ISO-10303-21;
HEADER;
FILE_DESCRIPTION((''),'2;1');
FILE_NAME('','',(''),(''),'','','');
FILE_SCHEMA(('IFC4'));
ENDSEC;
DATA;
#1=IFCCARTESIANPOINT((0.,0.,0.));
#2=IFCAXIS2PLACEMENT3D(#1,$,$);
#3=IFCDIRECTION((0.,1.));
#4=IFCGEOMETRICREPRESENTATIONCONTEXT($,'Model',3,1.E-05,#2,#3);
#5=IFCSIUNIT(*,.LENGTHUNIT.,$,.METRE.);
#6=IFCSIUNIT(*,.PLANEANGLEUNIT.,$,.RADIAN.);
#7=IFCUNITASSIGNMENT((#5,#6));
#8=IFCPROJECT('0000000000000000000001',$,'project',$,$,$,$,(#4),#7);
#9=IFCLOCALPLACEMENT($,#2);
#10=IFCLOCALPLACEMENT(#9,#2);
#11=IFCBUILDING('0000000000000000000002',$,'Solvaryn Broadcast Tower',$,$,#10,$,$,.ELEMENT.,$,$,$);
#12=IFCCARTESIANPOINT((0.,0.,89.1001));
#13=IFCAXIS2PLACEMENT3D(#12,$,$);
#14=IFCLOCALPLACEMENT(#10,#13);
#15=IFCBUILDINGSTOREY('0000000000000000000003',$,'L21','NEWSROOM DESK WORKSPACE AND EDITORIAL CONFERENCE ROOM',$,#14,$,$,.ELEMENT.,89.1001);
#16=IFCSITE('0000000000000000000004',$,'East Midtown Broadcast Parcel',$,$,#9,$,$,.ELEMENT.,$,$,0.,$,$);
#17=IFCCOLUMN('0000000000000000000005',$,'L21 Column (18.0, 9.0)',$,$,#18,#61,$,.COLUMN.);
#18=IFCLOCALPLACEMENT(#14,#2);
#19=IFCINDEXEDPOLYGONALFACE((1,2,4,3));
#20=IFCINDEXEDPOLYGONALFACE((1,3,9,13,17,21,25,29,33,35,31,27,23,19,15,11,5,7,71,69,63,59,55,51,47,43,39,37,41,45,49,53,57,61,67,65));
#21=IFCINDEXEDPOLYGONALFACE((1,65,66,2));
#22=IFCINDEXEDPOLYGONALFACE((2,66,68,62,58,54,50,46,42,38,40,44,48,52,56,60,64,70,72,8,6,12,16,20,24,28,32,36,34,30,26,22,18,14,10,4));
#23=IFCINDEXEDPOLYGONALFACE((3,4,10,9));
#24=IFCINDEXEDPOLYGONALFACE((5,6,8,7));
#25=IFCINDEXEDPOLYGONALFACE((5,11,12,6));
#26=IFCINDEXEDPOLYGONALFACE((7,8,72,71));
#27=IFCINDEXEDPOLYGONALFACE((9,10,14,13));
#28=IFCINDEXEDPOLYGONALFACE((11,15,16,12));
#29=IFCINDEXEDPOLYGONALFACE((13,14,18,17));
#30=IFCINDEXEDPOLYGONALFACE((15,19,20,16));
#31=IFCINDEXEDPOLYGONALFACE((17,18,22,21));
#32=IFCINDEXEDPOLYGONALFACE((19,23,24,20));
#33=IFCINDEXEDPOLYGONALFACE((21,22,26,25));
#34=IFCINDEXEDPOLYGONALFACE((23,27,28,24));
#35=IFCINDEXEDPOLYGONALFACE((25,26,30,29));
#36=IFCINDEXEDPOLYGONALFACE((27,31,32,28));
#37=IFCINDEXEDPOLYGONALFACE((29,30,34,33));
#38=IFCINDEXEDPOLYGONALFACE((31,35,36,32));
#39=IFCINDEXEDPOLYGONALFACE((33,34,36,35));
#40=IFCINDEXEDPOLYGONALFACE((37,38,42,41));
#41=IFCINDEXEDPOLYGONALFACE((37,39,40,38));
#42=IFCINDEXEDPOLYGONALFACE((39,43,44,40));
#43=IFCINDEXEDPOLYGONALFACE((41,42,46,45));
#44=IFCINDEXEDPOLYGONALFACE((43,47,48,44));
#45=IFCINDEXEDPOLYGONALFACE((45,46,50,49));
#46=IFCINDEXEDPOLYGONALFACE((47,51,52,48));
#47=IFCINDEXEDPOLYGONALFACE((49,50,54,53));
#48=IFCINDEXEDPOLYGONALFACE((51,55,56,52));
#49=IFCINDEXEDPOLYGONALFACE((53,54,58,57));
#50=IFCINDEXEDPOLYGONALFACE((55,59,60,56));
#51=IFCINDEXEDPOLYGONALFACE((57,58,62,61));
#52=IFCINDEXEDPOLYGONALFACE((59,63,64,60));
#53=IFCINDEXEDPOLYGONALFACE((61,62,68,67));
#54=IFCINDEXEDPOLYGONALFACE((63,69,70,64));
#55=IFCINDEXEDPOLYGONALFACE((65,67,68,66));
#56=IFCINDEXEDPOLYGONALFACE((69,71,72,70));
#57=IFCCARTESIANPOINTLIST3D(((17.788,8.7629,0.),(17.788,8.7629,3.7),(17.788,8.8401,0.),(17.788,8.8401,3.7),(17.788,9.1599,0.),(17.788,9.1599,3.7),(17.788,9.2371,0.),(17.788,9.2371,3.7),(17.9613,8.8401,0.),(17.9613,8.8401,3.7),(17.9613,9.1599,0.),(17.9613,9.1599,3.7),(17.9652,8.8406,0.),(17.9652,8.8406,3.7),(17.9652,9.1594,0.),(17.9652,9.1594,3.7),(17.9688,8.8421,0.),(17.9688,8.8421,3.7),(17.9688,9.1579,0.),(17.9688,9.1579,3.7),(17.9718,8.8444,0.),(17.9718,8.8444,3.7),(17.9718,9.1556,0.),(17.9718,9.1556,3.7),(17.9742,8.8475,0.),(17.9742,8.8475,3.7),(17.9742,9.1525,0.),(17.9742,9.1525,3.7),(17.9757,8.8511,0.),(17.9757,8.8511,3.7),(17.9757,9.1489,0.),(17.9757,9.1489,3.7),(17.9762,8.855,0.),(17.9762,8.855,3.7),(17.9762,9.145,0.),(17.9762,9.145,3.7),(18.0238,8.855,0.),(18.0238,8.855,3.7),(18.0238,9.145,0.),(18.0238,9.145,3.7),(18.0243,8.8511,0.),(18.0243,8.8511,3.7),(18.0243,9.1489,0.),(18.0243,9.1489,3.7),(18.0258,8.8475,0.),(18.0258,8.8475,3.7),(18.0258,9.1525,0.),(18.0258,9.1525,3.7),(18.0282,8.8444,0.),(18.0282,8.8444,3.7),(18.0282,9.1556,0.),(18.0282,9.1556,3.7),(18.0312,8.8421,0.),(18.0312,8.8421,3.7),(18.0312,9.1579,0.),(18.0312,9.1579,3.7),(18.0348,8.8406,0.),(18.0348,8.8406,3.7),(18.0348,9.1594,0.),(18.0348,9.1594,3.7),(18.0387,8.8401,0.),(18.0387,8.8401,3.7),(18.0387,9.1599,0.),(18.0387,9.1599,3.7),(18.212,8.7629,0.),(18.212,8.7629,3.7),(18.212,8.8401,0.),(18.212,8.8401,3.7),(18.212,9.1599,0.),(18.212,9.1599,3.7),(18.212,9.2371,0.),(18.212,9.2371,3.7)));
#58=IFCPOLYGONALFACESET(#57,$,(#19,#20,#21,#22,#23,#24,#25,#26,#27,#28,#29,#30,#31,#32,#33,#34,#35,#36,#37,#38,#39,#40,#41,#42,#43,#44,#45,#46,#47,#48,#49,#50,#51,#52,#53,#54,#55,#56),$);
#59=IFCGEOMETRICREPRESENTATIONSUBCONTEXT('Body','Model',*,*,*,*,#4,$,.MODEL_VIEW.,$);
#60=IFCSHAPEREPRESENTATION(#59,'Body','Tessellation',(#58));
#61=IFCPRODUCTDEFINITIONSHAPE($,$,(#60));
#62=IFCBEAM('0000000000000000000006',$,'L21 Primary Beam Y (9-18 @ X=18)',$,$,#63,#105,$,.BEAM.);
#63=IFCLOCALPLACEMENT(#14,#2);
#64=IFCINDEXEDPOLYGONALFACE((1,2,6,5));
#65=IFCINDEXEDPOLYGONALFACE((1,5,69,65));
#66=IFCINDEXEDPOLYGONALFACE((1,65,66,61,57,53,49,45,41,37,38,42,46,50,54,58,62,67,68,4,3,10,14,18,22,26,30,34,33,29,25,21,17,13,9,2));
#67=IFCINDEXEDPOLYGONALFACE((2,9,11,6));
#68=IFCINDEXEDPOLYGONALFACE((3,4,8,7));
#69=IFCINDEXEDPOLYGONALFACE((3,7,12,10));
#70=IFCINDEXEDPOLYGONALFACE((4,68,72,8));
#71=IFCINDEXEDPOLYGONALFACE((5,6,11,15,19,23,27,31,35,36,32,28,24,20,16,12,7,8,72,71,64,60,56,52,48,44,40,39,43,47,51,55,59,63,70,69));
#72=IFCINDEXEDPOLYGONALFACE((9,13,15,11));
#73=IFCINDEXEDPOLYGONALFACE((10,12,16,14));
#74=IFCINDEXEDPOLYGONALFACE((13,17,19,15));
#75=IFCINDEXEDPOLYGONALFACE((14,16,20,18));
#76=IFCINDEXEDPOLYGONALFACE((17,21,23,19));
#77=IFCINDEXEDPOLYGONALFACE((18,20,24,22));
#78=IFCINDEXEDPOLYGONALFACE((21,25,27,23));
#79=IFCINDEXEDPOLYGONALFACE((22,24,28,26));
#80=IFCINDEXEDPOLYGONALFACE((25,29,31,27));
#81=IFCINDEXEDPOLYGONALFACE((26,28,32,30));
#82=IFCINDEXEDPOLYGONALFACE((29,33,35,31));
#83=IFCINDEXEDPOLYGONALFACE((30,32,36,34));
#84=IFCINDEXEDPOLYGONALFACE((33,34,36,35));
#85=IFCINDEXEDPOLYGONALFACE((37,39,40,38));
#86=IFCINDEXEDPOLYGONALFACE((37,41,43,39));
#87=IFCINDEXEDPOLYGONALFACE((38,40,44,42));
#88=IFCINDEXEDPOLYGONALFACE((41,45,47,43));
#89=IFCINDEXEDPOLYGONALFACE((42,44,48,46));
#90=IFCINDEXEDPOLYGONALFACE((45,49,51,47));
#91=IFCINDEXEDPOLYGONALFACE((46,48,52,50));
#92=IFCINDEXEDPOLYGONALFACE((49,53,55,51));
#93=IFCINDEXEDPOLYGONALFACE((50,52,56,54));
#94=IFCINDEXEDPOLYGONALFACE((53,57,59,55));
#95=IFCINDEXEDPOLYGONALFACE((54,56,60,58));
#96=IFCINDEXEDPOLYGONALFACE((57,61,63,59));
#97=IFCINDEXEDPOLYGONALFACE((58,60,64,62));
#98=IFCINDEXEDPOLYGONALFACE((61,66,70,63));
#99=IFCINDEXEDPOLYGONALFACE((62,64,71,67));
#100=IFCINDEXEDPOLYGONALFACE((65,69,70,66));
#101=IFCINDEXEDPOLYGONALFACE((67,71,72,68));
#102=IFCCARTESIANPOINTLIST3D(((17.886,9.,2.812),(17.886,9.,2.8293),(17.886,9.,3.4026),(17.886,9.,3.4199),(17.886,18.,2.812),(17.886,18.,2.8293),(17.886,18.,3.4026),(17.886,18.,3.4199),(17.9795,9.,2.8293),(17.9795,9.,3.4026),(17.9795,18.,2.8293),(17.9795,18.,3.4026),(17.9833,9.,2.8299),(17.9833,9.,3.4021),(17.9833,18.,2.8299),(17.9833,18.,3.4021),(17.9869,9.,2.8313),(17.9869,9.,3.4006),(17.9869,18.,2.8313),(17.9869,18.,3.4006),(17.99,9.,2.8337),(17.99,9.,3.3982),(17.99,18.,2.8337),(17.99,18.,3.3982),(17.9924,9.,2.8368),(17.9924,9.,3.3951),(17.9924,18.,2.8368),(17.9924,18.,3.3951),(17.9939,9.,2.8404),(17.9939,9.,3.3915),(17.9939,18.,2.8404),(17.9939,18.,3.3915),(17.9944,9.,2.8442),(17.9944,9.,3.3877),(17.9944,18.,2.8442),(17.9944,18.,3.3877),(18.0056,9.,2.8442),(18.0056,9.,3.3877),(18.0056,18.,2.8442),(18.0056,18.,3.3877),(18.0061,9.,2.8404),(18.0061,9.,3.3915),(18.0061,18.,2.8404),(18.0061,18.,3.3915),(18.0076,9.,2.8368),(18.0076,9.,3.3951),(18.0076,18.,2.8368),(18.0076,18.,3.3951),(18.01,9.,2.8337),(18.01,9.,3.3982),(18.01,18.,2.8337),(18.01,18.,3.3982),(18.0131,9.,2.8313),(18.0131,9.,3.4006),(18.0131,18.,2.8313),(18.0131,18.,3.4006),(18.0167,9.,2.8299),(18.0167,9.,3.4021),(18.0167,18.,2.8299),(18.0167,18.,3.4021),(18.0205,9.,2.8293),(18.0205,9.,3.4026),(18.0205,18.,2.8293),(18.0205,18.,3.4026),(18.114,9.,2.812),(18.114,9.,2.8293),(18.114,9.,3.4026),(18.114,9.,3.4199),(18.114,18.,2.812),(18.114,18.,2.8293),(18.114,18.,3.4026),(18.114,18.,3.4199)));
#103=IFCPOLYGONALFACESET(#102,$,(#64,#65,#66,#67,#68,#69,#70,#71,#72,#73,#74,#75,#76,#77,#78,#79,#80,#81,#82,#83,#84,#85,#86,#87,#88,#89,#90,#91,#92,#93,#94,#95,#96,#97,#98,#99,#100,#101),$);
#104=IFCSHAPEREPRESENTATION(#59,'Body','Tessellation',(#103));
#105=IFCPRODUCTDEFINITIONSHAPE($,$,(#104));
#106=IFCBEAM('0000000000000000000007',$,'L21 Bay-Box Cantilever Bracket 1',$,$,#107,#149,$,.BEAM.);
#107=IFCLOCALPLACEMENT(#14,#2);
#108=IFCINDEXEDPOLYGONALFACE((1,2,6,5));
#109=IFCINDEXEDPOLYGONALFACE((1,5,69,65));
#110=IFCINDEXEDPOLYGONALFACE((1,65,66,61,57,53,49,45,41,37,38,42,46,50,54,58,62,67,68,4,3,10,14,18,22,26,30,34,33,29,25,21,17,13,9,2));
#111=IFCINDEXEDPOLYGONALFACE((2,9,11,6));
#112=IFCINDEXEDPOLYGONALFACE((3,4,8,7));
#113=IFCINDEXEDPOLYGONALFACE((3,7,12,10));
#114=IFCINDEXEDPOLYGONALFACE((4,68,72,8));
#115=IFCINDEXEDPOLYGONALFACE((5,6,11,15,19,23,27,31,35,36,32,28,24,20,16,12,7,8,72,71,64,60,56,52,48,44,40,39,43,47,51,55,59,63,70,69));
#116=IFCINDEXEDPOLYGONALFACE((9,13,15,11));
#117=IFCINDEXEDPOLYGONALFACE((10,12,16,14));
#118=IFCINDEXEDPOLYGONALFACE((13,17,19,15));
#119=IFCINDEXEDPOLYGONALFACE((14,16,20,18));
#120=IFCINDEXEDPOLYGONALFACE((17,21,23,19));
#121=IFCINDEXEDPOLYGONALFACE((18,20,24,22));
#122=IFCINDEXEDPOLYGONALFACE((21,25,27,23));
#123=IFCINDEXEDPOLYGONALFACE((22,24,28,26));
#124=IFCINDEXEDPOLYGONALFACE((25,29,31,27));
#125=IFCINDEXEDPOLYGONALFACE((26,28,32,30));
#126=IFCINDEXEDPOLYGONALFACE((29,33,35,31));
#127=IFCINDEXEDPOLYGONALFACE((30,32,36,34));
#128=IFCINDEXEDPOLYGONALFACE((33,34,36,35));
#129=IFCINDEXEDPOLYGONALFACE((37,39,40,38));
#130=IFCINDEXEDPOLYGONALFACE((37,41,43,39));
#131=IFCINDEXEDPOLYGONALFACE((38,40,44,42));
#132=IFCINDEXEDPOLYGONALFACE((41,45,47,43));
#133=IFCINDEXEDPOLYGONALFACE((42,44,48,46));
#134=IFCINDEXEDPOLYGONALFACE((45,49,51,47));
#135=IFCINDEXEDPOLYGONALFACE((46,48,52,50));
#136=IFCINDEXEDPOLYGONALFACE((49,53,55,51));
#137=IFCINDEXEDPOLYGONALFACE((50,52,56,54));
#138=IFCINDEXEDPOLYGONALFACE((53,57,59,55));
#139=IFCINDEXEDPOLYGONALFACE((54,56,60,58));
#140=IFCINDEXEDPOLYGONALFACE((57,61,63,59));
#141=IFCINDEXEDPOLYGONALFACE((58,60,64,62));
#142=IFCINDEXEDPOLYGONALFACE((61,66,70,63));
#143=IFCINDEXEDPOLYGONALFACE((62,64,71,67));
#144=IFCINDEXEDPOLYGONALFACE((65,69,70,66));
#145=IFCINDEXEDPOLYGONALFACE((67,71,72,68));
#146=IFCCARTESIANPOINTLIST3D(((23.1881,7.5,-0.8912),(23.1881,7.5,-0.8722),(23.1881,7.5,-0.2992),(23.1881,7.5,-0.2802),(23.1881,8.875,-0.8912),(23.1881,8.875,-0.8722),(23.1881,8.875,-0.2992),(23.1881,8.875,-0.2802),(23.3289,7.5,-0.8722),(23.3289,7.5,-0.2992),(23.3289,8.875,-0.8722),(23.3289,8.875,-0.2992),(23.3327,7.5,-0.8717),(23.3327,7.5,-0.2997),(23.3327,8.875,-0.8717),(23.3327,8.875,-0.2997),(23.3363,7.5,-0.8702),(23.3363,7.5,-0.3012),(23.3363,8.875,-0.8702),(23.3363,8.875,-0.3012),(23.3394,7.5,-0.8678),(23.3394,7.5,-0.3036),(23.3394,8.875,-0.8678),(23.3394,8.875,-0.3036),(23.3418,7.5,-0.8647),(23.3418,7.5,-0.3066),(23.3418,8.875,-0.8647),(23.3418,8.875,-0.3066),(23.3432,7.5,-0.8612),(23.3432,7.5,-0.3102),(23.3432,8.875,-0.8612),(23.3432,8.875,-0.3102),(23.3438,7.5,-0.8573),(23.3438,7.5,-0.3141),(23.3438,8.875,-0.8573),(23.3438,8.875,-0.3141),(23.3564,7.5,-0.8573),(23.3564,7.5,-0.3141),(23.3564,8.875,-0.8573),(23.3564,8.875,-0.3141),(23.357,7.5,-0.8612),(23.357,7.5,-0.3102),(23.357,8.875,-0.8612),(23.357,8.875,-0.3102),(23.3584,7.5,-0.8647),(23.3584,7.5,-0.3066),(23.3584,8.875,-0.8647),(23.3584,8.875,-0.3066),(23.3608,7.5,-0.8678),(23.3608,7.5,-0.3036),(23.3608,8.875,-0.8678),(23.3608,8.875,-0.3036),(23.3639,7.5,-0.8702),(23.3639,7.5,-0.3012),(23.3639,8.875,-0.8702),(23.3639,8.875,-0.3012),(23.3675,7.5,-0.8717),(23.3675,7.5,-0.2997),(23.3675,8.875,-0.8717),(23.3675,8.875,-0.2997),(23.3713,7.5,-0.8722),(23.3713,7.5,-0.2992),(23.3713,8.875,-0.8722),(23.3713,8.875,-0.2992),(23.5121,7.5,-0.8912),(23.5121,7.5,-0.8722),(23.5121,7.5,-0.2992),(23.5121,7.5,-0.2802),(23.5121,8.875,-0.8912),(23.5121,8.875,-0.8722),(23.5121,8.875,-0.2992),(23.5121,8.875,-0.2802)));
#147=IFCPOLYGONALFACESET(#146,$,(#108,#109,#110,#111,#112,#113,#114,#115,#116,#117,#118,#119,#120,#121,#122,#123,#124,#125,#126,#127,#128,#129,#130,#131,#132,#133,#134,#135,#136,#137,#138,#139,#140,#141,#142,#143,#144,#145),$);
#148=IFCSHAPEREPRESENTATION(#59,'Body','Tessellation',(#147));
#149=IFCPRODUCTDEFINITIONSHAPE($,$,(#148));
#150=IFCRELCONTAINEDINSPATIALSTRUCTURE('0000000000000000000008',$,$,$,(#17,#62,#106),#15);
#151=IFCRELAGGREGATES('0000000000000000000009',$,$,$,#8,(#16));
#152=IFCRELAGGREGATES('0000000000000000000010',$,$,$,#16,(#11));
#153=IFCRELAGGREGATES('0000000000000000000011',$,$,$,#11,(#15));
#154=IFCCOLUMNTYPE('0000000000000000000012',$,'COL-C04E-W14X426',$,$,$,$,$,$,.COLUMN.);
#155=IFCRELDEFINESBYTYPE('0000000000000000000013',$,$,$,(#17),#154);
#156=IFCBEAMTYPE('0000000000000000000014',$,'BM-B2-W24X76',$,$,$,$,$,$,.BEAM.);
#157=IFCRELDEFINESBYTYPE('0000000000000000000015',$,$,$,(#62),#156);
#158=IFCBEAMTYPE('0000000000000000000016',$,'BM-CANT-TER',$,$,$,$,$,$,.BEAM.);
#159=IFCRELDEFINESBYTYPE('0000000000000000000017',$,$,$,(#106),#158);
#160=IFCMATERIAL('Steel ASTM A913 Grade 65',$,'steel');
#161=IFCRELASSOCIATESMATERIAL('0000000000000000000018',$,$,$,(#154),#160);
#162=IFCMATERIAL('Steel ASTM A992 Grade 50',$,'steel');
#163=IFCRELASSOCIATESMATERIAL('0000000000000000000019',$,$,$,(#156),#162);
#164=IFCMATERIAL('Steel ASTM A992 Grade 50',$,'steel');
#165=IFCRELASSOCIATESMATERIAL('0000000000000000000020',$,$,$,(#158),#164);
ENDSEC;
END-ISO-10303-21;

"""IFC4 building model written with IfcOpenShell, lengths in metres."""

from ifc_helpers import new_model, si_unit, direction, frame, origin, origin_2d, place, context, subcontext, project, spatial, i_section, extrude, material, material_profile, profile_set, type_object, element, save


model = new_model("IFC4")

# Units and contexts
model_context = context("Model", 3, precision=1e-05, world=origin(), true_north=direction((0.0, 1.0)))
body_context = subcontext(model_context, "Body", "Model", "MODEL_VIEW")
ifc_project = project(units=[si_unit("LENGTHUNIT", "METRE"), si_unit("PLANEANGLEUNIT", "RADIAN")], contexts=[model_context])

# Site, building, storey
site_placement = place(None, origin())
site = spatial("IfcSite", under=ifc_project, at=site_placement, Name="East Midtown Broadcast Parcel", CompositionType="ELEMENT", RefElevation=0.0)
building_placement = place(site_placement, origin())
building = spatial("IfcBuilding", under=site, at=building_placement, Name="Solvaryn Broadcast Tower", CompositionType="ELEMENT")
storey_placement = place(building_placement, frame((0.0, 0.0, 89.1001)))
storey = spatial("IfcBuildingStorey", under=building, at=storey_placement, Name="L21", Description="NEWSROOM DESK WORKSPACE AND EDITORIAL CONFERENCE ROOM", CompositionType="ELEMENT", Elevation=89.1001)

# Column
ifc_material_1 = material(Name="Steel ASTM A913 Grade 65", Category="steel")
ifc_material_profile_1 = material_profile(ifc_material_1, i_section(OverallWidth=0.4241, OverallDepth=0.4741, WebThickness=0.0476, FlangeThickness=0.0771, FilletRadius=0.0149, at=origin_2d()))
ifc_profile_set_1 = profile_set([ifc_material_profile_1], Name="Steel ASTM A913 Grade 65")
column_type = type_object("IfcColumnType", Name="COL-C04E-W14X426", PredefinedType="COLUMN", material=ifc_profile_set_1)
column_placement = place(storey_placement, frame((18.0, 9.0, 0.0), z_axis=(0.0, 0.0, 1.0), x_axis=(1.0, 0.0, 0.0)))
element("IfcColumn", 1, at=column_placement, inside=storey, type_object=column_type, Name="L21 Column (18.0, 9.0)", PredefinedType="COLUMN", context=body_context, shape_type="SweptSolid", body=[
    extrude(i_section(OverallWidth=0.4241, OverallDepth=0.4741, WebThickness=0.0476, FlangeThickness=0.0771, FilletRadius=0.0149, at=origin_2d()), origin(), (0.0, 0.0, 1.0), 3.7),
])

# Beams
ifc_material_2 = material(Name="Steel ASTM A992 Grade 50", Category="steel")
ifc_material_profile_2 = material_profile(ifc_material_2, i_section(OverallWidth=0.228, OverallDepth=0.6079, WebThickness=0.0112, FlangeThickness=0.0173, FilletRadius=0.0149, at=origin_2d()))
ifc_profile_set_2 = profile_set([ifc_material_profile_2], Name="Steel ASTM A992 Grade 50")
beam_type_1 = type_object("IfcBeamType", Name="BM-B2-W24X76", PredefinedType="BEAM", material=ifc_profile_set_2)
beam_1_placement = place(storey_placement, frame((18.0, 9.0, 3.116), z_axis=(0.0, 1.0, 0.0), x_axis=(-1.0, 0.0, 0.0)))
element("IfcBeam", 2, at=beam_1_placement, inside=storey, type_object=beam_type_1, Name="L21 Primary Beam Y (9-18 @ X=18)", PredefinedType="BEAM", context=body_context, shape_type="SweptSolid", body=[
    extrude(i_section(OverallWidth=0.228, OverallDepth=0.6079, WebThickness=0.0112, FlangeThickness=0.0173, FilletRadius=0.0149, at=origin_2d()), origin(), (0.0, 0.0, 1.0), 9.0),
])
ifc_material_3 = material(Name="Steel ASTM A992 Grade 50", Category="steel")
ifc_material_profile_3 = material_profile(ifc_material_3, i_section(OverallWidth=0.324, OverallDepth=0.6111, WebThickness=0.0127, FlangeThickness=0.019, FilletRadius=0.0149, at=origin_2d()))
ifc_profile_set_3 = profile_set([ifc_material_profile_3], Name="Steel ASTM A992 Grade 50")
beam_type_2 = type_object("IfcBeamType", Name="BM-CANT-TER", PredefinedType="BEAM", material=ifc_profile_set_3)
beam_2_placement = place(storey_placement, frame((23.3501, 8.875, -0.5857), z_axis=(0.0, -1.0, 0.0), x_axis=(1.0, 0.0, 0.0)))
element("IfcBeam", 3, at=beam_2_placement, inside=storey, type_object=beam_type_2, Name="L21 Bay-Box Cantilever Bracket 1", PredefinedType="BEAM", context=body_context, shape_type="SweptSolid", body=[
    extrude(i_section(OverallWidth=0.324, OverallDepth=0.6111, WebThickness=0.0127, FlangeThickness=0.019, FilletRadius=0.0149, at=origin_2d()), origin(), (0.0, 0.0, 1.0), 1.375),
])

save(model, "model.ifc")
